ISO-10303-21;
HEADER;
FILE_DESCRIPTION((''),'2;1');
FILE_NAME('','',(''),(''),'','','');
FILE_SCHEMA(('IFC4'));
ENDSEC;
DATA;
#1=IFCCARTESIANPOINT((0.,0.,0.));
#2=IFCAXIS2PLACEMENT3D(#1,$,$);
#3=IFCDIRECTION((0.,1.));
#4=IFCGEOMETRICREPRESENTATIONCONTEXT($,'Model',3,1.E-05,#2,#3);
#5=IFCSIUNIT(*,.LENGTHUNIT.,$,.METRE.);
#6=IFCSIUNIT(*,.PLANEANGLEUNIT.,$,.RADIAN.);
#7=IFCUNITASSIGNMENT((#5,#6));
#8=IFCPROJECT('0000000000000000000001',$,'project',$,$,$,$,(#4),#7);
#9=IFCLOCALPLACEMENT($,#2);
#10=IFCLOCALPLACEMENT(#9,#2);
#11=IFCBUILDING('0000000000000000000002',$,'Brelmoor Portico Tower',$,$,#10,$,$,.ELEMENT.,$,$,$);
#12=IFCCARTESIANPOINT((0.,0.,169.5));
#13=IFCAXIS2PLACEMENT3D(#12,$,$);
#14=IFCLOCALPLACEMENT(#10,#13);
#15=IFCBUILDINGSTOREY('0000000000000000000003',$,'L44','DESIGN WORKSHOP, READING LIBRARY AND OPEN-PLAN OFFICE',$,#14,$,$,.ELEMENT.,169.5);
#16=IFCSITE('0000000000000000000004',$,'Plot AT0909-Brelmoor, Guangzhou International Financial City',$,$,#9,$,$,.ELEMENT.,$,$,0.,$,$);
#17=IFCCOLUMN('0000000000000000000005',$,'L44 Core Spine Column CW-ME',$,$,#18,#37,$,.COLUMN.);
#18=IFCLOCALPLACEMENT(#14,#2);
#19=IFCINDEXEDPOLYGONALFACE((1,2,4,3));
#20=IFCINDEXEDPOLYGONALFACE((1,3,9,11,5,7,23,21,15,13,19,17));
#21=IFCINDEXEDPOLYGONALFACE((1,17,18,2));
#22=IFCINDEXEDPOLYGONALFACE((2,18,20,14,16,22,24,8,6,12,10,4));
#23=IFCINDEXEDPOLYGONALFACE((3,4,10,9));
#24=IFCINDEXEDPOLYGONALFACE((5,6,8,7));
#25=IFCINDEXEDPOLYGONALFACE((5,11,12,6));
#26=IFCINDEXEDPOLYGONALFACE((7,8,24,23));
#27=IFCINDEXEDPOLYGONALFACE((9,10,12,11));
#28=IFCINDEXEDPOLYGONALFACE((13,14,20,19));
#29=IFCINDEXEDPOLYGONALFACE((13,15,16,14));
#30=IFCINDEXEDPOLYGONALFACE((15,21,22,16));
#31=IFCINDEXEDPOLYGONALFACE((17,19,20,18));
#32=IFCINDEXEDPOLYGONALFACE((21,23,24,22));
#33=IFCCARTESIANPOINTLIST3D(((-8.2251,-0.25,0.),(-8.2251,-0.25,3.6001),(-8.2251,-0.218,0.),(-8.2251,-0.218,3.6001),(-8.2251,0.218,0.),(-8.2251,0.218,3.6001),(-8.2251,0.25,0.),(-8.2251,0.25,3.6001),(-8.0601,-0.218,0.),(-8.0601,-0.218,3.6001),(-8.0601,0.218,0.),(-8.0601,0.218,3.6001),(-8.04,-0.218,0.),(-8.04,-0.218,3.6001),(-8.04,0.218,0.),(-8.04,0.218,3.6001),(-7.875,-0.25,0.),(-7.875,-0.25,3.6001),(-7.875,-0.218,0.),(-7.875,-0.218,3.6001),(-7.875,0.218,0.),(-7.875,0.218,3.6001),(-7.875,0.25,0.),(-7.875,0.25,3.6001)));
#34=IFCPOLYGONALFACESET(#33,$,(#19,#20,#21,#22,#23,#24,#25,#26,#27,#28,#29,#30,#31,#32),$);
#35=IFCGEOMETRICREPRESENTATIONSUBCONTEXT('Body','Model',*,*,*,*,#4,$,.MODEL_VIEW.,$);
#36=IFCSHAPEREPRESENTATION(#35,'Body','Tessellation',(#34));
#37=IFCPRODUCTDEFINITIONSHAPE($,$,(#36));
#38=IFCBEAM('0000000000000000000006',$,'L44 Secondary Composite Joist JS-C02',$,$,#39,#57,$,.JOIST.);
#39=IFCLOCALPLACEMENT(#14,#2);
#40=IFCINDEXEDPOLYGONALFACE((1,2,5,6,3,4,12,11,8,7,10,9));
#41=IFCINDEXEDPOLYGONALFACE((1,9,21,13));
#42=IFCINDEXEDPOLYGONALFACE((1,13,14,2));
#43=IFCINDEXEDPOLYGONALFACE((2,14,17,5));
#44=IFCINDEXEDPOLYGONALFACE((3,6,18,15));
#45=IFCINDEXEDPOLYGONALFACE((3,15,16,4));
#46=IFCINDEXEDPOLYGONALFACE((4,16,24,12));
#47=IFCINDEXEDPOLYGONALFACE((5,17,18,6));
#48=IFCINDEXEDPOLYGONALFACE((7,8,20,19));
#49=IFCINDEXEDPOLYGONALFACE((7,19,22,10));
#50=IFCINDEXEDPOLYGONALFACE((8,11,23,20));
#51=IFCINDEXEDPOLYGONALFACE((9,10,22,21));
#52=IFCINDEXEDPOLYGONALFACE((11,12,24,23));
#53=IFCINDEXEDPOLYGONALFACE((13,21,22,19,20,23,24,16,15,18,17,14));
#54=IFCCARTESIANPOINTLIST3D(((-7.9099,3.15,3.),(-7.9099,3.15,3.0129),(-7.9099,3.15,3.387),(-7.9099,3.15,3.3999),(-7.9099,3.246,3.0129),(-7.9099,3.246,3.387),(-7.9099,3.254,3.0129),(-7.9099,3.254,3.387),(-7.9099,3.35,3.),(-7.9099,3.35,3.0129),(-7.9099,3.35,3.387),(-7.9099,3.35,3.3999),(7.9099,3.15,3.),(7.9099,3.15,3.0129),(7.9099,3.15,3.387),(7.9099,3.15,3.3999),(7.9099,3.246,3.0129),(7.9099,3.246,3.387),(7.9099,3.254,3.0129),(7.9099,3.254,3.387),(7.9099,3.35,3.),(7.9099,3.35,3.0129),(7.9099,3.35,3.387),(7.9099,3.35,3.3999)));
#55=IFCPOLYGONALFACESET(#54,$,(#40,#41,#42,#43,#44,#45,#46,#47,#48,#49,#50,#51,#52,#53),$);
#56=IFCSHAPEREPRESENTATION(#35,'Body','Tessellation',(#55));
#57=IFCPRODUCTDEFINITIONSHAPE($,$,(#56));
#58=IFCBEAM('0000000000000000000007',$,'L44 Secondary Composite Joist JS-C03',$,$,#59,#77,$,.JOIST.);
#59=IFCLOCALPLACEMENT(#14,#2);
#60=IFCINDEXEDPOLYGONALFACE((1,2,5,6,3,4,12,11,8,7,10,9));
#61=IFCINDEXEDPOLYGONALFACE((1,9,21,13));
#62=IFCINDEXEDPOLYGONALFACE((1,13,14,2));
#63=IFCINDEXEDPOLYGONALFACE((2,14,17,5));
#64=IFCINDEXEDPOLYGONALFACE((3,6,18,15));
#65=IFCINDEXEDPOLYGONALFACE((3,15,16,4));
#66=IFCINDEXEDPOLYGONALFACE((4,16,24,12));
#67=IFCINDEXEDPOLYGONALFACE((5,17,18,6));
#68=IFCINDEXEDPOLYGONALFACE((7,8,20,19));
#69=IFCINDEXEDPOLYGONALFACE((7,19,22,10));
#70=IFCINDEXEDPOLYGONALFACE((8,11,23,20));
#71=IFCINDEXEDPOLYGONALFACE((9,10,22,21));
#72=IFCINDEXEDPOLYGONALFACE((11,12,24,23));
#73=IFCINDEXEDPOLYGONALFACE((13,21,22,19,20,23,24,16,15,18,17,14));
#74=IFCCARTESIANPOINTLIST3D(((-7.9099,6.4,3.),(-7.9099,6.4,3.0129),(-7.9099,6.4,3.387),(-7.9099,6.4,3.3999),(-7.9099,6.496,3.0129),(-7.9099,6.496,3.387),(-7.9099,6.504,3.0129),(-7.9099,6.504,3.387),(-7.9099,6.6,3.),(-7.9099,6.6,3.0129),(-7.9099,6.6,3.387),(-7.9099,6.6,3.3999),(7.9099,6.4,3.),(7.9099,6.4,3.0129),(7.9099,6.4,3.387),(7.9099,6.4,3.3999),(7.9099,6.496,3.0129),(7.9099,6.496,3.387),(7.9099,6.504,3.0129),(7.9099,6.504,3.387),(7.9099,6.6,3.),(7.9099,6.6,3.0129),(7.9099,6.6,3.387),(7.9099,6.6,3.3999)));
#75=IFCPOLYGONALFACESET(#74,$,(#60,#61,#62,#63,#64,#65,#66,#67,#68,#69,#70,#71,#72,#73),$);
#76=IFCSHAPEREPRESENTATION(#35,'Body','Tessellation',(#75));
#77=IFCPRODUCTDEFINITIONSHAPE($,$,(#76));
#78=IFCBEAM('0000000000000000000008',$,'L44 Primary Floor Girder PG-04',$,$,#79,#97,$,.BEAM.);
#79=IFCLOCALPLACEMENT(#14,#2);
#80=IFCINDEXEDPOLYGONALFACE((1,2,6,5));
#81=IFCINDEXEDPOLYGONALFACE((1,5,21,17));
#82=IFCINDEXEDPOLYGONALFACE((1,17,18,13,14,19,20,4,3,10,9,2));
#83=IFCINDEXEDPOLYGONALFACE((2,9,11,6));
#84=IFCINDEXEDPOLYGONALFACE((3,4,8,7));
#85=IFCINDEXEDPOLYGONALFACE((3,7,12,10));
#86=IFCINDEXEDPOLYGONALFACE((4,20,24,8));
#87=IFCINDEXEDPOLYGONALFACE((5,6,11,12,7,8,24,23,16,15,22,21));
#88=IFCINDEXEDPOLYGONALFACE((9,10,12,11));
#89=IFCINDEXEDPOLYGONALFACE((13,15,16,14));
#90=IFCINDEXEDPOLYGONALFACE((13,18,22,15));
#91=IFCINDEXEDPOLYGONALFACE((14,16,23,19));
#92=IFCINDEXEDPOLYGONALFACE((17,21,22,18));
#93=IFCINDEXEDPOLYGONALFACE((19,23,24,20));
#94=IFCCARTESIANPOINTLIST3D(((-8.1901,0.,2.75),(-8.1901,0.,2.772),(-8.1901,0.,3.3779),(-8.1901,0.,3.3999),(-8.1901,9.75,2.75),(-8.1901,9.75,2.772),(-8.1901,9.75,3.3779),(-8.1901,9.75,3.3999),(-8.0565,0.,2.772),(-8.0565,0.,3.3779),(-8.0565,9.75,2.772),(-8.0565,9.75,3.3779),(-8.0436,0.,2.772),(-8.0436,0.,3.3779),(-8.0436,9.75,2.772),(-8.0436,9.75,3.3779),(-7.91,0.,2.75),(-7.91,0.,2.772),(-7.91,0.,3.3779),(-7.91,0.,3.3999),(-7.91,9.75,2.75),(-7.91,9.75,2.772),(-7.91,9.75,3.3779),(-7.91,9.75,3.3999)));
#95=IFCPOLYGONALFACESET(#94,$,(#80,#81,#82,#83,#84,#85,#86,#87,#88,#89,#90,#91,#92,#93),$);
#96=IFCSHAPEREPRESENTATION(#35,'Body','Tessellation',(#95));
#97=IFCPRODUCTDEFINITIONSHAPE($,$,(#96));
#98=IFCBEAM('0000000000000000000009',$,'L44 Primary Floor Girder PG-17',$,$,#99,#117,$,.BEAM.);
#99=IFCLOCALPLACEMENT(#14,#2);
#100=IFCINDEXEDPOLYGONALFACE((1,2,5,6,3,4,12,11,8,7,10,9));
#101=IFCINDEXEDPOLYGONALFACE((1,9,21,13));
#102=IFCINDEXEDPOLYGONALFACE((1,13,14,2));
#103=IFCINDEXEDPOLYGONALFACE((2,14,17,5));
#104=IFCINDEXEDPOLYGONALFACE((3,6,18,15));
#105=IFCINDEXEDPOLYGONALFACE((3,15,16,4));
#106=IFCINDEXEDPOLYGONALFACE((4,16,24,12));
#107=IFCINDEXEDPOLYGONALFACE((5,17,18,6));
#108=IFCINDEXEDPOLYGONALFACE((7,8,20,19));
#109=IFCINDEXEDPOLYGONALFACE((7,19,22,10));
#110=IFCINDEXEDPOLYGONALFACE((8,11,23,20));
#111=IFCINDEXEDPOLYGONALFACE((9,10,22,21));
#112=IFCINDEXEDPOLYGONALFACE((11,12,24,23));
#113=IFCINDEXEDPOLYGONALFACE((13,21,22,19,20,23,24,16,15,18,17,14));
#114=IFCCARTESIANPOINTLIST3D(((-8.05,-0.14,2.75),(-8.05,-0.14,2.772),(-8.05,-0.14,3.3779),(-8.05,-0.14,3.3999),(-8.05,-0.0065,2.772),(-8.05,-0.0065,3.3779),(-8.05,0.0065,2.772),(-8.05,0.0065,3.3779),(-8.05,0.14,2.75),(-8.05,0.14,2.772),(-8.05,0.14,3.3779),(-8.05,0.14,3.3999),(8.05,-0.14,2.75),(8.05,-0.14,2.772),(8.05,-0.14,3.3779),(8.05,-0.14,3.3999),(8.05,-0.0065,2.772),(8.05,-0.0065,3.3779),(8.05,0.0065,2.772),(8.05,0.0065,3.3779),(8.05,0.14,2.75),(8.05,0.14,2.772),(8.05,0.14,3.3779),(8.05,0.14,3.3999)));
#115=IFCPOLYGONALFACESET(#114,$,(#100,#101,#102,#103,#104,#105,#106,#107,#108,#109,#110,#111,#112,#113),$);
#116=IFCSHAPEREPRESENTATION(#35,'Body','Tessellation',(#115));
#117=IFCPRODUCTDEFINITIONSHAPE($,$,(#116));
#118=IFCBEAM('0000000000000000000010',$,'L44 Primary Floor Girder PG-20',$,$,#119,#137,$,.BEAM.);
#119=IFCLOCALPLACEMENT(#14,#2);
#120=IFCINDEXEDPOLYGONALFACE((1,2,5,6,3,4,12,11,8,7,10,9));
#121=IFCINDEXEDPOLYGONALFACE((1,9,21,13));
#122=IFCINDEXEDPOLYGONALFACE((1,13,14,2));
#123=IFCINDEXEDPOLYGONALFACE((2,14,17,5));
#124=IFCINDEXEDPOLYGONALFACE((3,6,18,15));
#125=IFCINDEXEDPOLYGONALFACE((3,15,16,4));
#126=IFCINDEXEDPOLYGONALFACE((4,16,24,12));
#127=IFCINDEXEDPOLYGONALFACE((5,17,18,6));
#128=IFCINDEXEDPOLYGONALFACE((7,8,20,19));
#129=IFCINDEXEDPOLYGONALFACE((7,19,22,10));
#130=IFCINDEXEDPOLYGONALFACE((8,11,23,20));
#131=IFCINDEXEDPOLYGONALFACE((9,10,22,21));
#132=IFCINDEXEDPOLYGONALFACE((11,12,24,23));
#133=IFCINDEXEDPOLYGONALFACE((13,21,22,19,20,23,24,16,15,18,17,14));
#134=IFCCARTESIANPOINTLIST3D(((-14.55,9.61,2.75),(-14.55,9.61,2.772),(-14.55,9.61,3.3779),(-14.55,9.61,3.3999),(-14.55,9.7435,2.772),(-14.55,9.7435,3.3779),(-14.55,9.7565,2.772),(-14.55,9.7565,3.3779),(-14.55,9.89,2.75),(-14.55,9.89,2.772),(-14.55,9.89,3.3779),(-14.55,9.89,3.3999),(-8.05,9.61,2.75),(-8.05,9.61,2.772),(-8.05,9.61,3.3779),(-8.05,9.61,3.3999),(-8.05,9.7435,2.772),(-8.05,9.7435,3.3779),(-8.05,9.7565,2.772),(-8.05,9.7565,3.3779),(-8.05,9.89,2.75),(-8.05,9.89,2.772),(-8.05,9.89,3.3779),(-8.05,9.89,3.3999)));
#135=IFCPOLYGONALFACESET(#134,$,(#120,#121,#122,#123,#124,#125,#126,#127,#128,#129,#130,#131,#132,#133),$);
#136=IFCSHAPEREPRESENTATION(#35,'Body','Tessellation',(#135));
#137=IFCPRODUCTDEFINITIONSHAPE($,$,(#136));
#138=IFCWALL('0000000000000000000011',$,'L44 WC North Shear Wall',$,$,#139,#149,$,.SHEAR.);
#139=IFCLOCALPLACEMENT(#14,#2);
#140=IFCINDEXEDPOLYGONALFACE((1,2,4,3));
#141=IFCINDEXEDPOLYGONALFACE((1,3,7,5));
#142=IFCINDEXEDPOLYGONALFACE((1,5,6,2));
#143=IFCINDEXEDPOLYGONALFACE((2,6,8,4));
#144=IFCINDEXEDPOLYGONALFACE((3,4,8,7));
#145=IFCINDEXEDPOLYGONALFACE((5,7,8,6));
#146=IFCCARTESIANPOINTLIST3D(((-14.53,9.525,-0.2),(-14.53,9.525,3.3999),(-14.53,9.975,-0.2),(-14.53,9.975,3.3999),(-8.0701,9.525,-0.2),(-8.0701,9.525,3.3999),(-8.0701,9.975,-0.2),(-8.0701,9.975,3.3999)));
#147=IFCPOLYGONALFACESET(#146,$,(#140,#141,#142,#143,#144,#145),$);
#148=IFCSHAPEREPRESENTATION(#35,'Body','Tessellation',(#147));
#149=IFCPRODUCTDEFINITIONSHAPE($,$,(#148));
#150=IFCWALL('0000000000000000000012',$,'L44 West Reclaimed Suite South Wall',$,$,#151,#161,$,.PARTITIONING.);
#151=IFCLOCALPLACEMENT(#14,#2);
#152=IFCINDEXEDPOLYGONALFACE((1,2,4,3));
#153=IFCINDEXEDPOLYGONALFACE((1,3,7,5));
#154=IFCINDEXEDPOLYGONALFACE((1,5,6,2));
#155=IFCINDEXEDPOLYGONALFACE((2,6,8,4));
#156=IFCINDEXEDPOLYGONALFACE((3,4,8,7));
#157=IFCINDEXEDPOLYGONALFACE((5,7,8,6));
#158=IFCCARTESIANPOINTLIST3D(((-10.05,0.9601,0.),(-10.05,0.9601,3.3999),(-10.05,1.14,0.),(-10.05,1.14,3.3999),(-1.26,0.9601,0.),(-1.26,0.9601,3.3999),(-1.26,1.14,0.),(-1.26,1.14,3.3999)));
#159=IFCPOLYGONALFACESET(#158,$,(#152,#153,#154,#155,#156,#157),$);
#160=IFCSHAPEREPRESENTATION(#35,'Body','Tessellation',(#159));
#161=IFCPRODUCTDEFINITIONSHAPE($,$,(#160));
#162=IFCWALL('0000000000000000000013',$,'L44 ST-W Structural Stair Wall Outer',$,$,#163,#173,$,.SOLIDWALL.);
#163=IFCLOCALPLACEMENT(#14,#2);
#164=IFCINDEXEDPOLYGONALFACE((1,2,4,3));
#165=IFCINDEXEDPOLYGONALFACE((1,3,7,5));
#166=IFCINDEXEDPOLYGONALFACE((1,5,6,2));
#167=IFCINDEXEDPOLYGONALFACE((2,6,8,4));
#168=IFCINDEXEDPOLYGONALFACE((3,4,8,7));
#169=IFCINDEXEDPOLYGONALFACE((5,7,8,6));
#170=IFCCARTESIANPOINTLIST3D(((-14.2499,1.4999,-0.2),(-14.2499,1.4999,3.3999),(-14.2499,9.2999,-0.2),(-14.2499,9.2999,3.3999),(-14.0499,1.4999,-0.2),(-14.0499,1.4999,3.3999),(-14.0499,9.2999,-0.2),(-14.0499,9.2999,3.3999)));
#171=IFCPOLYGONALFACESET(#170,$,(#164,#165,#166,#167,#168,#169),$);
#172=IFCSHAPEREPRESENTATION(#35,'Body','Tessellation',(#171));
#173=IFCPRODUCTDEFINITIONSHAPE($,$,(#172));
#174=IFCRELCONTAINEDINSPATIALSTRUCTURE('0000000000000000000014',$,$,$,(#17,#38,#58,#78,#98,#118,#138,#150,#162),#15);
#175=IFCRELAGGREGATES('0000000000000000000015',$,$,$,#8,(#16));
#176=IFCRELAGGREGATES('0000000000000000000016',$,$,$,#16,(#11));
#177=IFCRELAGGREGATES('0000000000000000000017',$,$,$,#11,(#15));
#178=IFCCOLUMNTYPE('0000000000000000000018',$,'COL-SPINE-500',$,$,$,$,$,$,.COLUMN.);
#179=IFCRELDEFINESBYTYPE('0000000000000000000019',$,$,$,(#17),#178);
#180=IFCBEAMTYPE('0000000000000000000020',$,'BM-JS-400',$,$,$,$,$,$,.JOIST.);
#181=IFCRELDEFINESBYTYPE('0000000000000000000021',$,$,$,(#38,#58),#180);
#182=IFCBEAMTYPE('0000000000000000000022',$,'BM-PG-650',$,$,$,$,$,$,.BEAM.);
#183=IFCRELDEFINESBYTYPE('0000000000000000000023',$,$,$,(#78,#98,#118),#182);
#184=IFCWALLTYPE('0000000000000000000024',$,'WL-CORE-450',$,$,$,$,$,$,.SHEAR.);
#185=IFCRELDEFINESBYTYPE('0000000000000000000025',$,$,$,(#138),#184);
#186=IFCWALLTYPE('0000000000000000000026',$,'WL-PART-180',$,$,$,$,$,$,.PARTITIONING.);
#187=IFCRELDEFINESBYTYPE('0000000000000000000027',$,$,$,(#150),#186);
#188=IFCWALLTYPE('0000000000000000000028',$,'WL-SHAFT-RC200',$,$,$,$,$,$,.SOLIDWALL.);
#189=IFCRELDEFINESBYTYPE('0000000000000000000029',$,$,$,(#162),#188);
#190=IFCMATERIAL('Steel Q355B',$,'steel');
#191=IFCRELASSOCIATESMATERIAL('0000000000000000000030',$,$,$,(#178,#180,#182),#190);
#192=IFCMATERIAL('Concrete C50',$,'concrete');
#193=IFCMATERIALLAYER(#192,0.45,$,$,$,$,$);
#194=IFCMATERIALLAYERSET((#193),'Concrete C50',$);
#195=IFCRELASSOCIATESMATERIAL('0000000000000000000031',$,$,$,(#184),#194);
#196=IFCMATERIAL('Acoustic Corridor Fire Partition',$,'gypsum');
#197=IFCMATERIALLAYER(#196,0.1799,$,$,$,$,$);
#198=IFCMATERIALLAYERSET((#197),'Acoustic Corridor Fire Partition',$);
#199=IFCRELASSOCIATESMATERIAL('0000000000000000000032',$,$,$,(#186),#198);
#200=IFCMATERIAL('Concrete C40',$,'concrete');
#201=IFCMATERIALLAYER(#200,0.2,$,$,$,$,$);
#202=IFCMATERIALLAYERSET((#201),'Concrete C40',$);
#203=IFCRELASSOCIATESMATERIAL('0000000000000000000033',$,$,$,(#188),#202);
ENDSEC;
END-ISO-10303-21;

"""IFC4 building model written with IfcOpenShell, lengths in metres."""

from ifc_helpers import new_model, si_unit, direction, frame, frame_2d, origin, origin_2d, place, context, subcontext, project, spatial, rectangle, i_section, extrude, material, layer, layer_set, material_profile, profile_set, type_object, element, save


model = new_model("IFC4")

# Units and contexts
model_context = context("Model", 3, precision=1e-05, world=origin(), true_north=direction((0.0, 1.0)))
body_context = subcontext(model_context, "Body", "Model", "MODEL_VIEW")
ifc_project = project(units=[si_unit("LENGTHUNIT", "METRE"), si_unit("PLANEANGLEUNIT", "RADIAN")], contexts=[model_context])

# Site, building, storey
site_placement = place(None, origin())
site = spatial("IfcSite", under=ifc_project, at=site_placement, Name="Plot AT0909-Brelmoor, Guangzhou International Financial City", CompositionType="ELEMENT", RefElevation=0.0)
building_placement = place(site_placement, origin())
building = spatial("IfcBuilding", under=site, at=building_placement, Name="Brelmoor Portico Tower", CompositionType="ELEMENT")
storey_placement = place(building_placement, frame((0.0, 0.0, 169.5)))
storey = spatial("IfcBuildingStorey", under=building, at=storey_placement, Name="L44", Description="DESIGN WORKSHOP, READING LIBRARY AND OPEN-PLAN OFFICE", CompositionType="ELEMENT", Elevation=169.5)

# Column
ifc_material_1 = material(Name="Steel Q355B", Category="steel")
ifc_material_profile_1 = material_profile(ifc_material_1, i_section(OverallWidth=0.3501, OverallDepth=0.5, WebThickness=0.02, FlangeThickness=0.032, at=origin_2d()), Name="HW 500x350x20x32")
ifc_profile_set_1 = profile_set([ifc_material_profile_1], Name="Steel Q355B")
column_type = type_object("IfcColumnType", Name="COL-SPINE-500", PredefinedType="COLUMN", material=ifc_profile_set_1)
column_placement = place(storey_placement, frame((-8.05, 0.0, 0.0), z_axis=(0.0, 0.0, 1.0), x_axis=(1.0, 0.0, 0.0)))
element("IfcColumn", 1, at=column_placement, inside=storey, type_object=column_type, Name="L44 Core Spine Column CW-ME", PredefinedType="COLUMN", context=body_context, shape_type="SweptSolid", body=[
    extrude(i_section(OverallWidth=0.3501, OverallDepth=0.5, WebThickness=0.02, FlangeThickness=0.032, at=origin_2d()), origin(), (0.0, 0.0, 1.0), 3.6001),
])

# Beams
ifc_material_profile_2 = material_profile(ifc_material_1, i_section(OverallWidth=0.2, OverallDepth=0.3999, WebThickness=0.0081, FlangeThickness=0.0129, at=origin_2d()), Name="HN 400x200x8x13")
ifc_profile_set_2 = profile_set([ifc_material_profile_2], Name="Steel Q355B")
beam_type_1 = type_object("IfcBeamType", Name="BM-JS-400", PredefinedType="JOIST", material=ifc_profile_set_2)
for number, where, z_axis, x_axis, name in (
    (2, (-7.9099, 3.25, 3.2), (1.0, 0.0, 0.0), (0.0, 1.0, 0.0), "L44 Secondary Composite Joist JS-C02"),
    (3, (-7.9099, 6.5, 3.2), (1.0, 0.0, 0.0), (0.0, 1.0, 0.0), "L44 Secondary Composite Joist JS-C03"),
):
    element("IfcBeam", number, at=place(storey_placement, frame(where, z_axis=z_axis, x_axis=x_axis)), inside=storey, type_object=beam_type_1, Name=name, PredefinedType="JOIST", context=body_context, shape_type="SweptSolid", body=[
        extrude(i_section(OverallWidth=0.2, OverallDepth=0.3999, WebThickness=0.0081, FlangeThickness=0.0129, at=origin_2d()), origin(), (0.0, 0.0, 1.0), 15.8198),
    ])
ifc_material_profile_3 = material_profile(ifc_material_1, i_section(OverallWidth=0.28, OverallDepth=0.6499, WebThickness=0.0129, FlangeThickness=0.022, at=origin_2d()), Name="HN 650x280x13x22")
ifc_profile_set_3 = profile_set([ifc_material_profile_3], Name="Steel Q355B")
beam_type_2 = type_object("IfcBeamType", Name="BM-PG-650", PredefinedType="BEAM", material=ifc_profile_set_3)
beam_1_placement = place(storey_placement, frame((-8.05, 0.0, 3.075), z_axis=(0.0, 1.0, 0.0), x_axis=(-1.0, 0.0, 0.0)))
element("IfcBeam", 4, at=beam_1_placement, inside=storey, type_object=beam_type_2, Name="L44 Primary Floor Girder PG-04", PredefinedType="BEAM", context=body_context, shape_type="SweptSolid", body=[
    extrude(i_section(OverallWidth=0.28, OverallDepth=0.6499, WebThickness=0.0129, FlangeThickness=0.022, at=origin_2d()), origin(), (0.0, 0.0, 1.0), 9.75),
])
beam_2_placement = place(storey_placement, frame((-8.05, 0.0, 3.075), z_axis=(1.0, 0.0, 0.0), x_axis=(0.0, 1.0, 0.0)))
element("IfcBeam", 5, at=beam_2_placement, inside=storey, type_object=beam_type_2, Name="L44 Primary Floor Girder PG-17", PredefinedType="BEAM", context=body_context, shape_type="SweptSolid", body=[
    extrude(i_section(OverallWidth=0.28, OverallDepth=0.6499, WebThickness=0.0129, FlangeThickness=0.022, at=origin_2d()), origin(), (0.0, 0.0, 1.0), 16.1001),
])
beam_3_placement = place(storey_placement, frame((-14.55, 9.75, 3.075), z_axis=(1.0, 0.0, 0.0), x_axis=(0.0, 1.0, 0.0)))
element("IfcBeam", 6, at=beam_3_placement, inside=storey, type_object=beam_type_2, Name="L44 Primary Floor Girder PG-20", PredefinedType="BEAM", context=body_context, shape_type="SweptSolid", body=[
    extrude(i_section(OverallWidth=0.28, OverallDepth=0.6499, WebThickness=0.0129, FlangeThickness=0.022, at=origin_2d()), origin(), (0.0, 0.0, 1.0), 6.5),
])

# Walls
ifc_material_2 = material(Name="Concrete C50", Category="concrete")
ifc_layer_1 = layer(ifc_material_2, 0.45)
ifc_layer_set_1 = layer_set([ifc_layer_1], Name="Concrete C50")
wall_type_1 = type_object("IfcWallType", Name="WL-CORE-450", PredefinedType="SHEAR", material=ifc_layer_set_1)
wall_1_placement = place(storey_placement, frame((-14.53, 9.75, -0.2), z_axis=(0.0, 0.0, 1.0), x_axis=(1.0, 0.0, 0.0)))
element("IfcWall", 7, at=wall_1_placement, inside=storey, type_object=wall_type_1, Name="L44 WC North Shear Wall", PredefinedType="SHEAR", context=body_context, shape_type="SweptSolid", body=[
    extrude(rectangle(XDim=6.46, YDim=0.45, at=frame_2d((3.23, 0.0))), origin(), (0.0, 0.0, 1.0), 3.5999),
])
ifc_material_3 = material(Name="Acoustic Corridor Fire Partition", Category="gypsum")
ifc_layer_2 = layer(ifc_material_3, 0.1799)
ifc_layer_set_2 = layer_set([ifc_layer_2], Name="Acoustic Corridor Fire Partition")
wall_type_2 = type_object("IfcWallType", Name="WL-PART-180", PredefinedType="PARTITIONING", material=ifc_layer_set_2)
wall_2_placement = place(storey_placement, frame((-10.05, 1.05, 0.0), z_axis=(0.0, 0.0, 1.0), x_axis=(1.0, 0.0, 0.0)))
element("IfcWall", 8, at=wall_2_placement, inside=storey, type_object=wall_type_2, Name="L44 West Reclaimed Suite South Wall", PredefinedType="PARTITIONING", context=body_context, shape_type="SweptSolid", body=[
    extrude(rectangle(XDim=8.79, YDim=0.1799, at=frame_2d((4.395, 0.0))), origin(), (0.0, 0.0, 1.0), 3.3999),
])
ifc_material_4 = material(Name="Concrete C40", Category="concrete")
ifc_layer_3 = layer(ifc_material_4, 0.2)
ifc_layer_set_3 = layer_set([ifc_layer_3], Name="Concrete C40")
wall_type_3 = type_object("IfcWallType", Name="WL-SHAFT-RC200", PredefinedType="SOLIDWALL", material=ifc_layer_set_3)
wall_3_placement = place(storey_placement, frame((-14.1499, 1.5, -0.2), z_axis=(0.0, 0.0, 1.0), x_axis=(0.0, 1.0, 0.0)))
element("IfcWall", 9, at=wall_3_placement, inside=storey, type_object=wall_type_3, Name="L44 ST-W Structural Stair Wall Outer", PredefinedType="SOLIDWALL", context=body_context, shape_type="SweptSolid", body=[
    extrude(rectangle(XDim=7.8, YDim=0.2, at=frame_2d((3.8999, 0.0))), origin(), (0.0, 0.0, 1.0), 3.5999),
])

save(model, "model.ifc")
